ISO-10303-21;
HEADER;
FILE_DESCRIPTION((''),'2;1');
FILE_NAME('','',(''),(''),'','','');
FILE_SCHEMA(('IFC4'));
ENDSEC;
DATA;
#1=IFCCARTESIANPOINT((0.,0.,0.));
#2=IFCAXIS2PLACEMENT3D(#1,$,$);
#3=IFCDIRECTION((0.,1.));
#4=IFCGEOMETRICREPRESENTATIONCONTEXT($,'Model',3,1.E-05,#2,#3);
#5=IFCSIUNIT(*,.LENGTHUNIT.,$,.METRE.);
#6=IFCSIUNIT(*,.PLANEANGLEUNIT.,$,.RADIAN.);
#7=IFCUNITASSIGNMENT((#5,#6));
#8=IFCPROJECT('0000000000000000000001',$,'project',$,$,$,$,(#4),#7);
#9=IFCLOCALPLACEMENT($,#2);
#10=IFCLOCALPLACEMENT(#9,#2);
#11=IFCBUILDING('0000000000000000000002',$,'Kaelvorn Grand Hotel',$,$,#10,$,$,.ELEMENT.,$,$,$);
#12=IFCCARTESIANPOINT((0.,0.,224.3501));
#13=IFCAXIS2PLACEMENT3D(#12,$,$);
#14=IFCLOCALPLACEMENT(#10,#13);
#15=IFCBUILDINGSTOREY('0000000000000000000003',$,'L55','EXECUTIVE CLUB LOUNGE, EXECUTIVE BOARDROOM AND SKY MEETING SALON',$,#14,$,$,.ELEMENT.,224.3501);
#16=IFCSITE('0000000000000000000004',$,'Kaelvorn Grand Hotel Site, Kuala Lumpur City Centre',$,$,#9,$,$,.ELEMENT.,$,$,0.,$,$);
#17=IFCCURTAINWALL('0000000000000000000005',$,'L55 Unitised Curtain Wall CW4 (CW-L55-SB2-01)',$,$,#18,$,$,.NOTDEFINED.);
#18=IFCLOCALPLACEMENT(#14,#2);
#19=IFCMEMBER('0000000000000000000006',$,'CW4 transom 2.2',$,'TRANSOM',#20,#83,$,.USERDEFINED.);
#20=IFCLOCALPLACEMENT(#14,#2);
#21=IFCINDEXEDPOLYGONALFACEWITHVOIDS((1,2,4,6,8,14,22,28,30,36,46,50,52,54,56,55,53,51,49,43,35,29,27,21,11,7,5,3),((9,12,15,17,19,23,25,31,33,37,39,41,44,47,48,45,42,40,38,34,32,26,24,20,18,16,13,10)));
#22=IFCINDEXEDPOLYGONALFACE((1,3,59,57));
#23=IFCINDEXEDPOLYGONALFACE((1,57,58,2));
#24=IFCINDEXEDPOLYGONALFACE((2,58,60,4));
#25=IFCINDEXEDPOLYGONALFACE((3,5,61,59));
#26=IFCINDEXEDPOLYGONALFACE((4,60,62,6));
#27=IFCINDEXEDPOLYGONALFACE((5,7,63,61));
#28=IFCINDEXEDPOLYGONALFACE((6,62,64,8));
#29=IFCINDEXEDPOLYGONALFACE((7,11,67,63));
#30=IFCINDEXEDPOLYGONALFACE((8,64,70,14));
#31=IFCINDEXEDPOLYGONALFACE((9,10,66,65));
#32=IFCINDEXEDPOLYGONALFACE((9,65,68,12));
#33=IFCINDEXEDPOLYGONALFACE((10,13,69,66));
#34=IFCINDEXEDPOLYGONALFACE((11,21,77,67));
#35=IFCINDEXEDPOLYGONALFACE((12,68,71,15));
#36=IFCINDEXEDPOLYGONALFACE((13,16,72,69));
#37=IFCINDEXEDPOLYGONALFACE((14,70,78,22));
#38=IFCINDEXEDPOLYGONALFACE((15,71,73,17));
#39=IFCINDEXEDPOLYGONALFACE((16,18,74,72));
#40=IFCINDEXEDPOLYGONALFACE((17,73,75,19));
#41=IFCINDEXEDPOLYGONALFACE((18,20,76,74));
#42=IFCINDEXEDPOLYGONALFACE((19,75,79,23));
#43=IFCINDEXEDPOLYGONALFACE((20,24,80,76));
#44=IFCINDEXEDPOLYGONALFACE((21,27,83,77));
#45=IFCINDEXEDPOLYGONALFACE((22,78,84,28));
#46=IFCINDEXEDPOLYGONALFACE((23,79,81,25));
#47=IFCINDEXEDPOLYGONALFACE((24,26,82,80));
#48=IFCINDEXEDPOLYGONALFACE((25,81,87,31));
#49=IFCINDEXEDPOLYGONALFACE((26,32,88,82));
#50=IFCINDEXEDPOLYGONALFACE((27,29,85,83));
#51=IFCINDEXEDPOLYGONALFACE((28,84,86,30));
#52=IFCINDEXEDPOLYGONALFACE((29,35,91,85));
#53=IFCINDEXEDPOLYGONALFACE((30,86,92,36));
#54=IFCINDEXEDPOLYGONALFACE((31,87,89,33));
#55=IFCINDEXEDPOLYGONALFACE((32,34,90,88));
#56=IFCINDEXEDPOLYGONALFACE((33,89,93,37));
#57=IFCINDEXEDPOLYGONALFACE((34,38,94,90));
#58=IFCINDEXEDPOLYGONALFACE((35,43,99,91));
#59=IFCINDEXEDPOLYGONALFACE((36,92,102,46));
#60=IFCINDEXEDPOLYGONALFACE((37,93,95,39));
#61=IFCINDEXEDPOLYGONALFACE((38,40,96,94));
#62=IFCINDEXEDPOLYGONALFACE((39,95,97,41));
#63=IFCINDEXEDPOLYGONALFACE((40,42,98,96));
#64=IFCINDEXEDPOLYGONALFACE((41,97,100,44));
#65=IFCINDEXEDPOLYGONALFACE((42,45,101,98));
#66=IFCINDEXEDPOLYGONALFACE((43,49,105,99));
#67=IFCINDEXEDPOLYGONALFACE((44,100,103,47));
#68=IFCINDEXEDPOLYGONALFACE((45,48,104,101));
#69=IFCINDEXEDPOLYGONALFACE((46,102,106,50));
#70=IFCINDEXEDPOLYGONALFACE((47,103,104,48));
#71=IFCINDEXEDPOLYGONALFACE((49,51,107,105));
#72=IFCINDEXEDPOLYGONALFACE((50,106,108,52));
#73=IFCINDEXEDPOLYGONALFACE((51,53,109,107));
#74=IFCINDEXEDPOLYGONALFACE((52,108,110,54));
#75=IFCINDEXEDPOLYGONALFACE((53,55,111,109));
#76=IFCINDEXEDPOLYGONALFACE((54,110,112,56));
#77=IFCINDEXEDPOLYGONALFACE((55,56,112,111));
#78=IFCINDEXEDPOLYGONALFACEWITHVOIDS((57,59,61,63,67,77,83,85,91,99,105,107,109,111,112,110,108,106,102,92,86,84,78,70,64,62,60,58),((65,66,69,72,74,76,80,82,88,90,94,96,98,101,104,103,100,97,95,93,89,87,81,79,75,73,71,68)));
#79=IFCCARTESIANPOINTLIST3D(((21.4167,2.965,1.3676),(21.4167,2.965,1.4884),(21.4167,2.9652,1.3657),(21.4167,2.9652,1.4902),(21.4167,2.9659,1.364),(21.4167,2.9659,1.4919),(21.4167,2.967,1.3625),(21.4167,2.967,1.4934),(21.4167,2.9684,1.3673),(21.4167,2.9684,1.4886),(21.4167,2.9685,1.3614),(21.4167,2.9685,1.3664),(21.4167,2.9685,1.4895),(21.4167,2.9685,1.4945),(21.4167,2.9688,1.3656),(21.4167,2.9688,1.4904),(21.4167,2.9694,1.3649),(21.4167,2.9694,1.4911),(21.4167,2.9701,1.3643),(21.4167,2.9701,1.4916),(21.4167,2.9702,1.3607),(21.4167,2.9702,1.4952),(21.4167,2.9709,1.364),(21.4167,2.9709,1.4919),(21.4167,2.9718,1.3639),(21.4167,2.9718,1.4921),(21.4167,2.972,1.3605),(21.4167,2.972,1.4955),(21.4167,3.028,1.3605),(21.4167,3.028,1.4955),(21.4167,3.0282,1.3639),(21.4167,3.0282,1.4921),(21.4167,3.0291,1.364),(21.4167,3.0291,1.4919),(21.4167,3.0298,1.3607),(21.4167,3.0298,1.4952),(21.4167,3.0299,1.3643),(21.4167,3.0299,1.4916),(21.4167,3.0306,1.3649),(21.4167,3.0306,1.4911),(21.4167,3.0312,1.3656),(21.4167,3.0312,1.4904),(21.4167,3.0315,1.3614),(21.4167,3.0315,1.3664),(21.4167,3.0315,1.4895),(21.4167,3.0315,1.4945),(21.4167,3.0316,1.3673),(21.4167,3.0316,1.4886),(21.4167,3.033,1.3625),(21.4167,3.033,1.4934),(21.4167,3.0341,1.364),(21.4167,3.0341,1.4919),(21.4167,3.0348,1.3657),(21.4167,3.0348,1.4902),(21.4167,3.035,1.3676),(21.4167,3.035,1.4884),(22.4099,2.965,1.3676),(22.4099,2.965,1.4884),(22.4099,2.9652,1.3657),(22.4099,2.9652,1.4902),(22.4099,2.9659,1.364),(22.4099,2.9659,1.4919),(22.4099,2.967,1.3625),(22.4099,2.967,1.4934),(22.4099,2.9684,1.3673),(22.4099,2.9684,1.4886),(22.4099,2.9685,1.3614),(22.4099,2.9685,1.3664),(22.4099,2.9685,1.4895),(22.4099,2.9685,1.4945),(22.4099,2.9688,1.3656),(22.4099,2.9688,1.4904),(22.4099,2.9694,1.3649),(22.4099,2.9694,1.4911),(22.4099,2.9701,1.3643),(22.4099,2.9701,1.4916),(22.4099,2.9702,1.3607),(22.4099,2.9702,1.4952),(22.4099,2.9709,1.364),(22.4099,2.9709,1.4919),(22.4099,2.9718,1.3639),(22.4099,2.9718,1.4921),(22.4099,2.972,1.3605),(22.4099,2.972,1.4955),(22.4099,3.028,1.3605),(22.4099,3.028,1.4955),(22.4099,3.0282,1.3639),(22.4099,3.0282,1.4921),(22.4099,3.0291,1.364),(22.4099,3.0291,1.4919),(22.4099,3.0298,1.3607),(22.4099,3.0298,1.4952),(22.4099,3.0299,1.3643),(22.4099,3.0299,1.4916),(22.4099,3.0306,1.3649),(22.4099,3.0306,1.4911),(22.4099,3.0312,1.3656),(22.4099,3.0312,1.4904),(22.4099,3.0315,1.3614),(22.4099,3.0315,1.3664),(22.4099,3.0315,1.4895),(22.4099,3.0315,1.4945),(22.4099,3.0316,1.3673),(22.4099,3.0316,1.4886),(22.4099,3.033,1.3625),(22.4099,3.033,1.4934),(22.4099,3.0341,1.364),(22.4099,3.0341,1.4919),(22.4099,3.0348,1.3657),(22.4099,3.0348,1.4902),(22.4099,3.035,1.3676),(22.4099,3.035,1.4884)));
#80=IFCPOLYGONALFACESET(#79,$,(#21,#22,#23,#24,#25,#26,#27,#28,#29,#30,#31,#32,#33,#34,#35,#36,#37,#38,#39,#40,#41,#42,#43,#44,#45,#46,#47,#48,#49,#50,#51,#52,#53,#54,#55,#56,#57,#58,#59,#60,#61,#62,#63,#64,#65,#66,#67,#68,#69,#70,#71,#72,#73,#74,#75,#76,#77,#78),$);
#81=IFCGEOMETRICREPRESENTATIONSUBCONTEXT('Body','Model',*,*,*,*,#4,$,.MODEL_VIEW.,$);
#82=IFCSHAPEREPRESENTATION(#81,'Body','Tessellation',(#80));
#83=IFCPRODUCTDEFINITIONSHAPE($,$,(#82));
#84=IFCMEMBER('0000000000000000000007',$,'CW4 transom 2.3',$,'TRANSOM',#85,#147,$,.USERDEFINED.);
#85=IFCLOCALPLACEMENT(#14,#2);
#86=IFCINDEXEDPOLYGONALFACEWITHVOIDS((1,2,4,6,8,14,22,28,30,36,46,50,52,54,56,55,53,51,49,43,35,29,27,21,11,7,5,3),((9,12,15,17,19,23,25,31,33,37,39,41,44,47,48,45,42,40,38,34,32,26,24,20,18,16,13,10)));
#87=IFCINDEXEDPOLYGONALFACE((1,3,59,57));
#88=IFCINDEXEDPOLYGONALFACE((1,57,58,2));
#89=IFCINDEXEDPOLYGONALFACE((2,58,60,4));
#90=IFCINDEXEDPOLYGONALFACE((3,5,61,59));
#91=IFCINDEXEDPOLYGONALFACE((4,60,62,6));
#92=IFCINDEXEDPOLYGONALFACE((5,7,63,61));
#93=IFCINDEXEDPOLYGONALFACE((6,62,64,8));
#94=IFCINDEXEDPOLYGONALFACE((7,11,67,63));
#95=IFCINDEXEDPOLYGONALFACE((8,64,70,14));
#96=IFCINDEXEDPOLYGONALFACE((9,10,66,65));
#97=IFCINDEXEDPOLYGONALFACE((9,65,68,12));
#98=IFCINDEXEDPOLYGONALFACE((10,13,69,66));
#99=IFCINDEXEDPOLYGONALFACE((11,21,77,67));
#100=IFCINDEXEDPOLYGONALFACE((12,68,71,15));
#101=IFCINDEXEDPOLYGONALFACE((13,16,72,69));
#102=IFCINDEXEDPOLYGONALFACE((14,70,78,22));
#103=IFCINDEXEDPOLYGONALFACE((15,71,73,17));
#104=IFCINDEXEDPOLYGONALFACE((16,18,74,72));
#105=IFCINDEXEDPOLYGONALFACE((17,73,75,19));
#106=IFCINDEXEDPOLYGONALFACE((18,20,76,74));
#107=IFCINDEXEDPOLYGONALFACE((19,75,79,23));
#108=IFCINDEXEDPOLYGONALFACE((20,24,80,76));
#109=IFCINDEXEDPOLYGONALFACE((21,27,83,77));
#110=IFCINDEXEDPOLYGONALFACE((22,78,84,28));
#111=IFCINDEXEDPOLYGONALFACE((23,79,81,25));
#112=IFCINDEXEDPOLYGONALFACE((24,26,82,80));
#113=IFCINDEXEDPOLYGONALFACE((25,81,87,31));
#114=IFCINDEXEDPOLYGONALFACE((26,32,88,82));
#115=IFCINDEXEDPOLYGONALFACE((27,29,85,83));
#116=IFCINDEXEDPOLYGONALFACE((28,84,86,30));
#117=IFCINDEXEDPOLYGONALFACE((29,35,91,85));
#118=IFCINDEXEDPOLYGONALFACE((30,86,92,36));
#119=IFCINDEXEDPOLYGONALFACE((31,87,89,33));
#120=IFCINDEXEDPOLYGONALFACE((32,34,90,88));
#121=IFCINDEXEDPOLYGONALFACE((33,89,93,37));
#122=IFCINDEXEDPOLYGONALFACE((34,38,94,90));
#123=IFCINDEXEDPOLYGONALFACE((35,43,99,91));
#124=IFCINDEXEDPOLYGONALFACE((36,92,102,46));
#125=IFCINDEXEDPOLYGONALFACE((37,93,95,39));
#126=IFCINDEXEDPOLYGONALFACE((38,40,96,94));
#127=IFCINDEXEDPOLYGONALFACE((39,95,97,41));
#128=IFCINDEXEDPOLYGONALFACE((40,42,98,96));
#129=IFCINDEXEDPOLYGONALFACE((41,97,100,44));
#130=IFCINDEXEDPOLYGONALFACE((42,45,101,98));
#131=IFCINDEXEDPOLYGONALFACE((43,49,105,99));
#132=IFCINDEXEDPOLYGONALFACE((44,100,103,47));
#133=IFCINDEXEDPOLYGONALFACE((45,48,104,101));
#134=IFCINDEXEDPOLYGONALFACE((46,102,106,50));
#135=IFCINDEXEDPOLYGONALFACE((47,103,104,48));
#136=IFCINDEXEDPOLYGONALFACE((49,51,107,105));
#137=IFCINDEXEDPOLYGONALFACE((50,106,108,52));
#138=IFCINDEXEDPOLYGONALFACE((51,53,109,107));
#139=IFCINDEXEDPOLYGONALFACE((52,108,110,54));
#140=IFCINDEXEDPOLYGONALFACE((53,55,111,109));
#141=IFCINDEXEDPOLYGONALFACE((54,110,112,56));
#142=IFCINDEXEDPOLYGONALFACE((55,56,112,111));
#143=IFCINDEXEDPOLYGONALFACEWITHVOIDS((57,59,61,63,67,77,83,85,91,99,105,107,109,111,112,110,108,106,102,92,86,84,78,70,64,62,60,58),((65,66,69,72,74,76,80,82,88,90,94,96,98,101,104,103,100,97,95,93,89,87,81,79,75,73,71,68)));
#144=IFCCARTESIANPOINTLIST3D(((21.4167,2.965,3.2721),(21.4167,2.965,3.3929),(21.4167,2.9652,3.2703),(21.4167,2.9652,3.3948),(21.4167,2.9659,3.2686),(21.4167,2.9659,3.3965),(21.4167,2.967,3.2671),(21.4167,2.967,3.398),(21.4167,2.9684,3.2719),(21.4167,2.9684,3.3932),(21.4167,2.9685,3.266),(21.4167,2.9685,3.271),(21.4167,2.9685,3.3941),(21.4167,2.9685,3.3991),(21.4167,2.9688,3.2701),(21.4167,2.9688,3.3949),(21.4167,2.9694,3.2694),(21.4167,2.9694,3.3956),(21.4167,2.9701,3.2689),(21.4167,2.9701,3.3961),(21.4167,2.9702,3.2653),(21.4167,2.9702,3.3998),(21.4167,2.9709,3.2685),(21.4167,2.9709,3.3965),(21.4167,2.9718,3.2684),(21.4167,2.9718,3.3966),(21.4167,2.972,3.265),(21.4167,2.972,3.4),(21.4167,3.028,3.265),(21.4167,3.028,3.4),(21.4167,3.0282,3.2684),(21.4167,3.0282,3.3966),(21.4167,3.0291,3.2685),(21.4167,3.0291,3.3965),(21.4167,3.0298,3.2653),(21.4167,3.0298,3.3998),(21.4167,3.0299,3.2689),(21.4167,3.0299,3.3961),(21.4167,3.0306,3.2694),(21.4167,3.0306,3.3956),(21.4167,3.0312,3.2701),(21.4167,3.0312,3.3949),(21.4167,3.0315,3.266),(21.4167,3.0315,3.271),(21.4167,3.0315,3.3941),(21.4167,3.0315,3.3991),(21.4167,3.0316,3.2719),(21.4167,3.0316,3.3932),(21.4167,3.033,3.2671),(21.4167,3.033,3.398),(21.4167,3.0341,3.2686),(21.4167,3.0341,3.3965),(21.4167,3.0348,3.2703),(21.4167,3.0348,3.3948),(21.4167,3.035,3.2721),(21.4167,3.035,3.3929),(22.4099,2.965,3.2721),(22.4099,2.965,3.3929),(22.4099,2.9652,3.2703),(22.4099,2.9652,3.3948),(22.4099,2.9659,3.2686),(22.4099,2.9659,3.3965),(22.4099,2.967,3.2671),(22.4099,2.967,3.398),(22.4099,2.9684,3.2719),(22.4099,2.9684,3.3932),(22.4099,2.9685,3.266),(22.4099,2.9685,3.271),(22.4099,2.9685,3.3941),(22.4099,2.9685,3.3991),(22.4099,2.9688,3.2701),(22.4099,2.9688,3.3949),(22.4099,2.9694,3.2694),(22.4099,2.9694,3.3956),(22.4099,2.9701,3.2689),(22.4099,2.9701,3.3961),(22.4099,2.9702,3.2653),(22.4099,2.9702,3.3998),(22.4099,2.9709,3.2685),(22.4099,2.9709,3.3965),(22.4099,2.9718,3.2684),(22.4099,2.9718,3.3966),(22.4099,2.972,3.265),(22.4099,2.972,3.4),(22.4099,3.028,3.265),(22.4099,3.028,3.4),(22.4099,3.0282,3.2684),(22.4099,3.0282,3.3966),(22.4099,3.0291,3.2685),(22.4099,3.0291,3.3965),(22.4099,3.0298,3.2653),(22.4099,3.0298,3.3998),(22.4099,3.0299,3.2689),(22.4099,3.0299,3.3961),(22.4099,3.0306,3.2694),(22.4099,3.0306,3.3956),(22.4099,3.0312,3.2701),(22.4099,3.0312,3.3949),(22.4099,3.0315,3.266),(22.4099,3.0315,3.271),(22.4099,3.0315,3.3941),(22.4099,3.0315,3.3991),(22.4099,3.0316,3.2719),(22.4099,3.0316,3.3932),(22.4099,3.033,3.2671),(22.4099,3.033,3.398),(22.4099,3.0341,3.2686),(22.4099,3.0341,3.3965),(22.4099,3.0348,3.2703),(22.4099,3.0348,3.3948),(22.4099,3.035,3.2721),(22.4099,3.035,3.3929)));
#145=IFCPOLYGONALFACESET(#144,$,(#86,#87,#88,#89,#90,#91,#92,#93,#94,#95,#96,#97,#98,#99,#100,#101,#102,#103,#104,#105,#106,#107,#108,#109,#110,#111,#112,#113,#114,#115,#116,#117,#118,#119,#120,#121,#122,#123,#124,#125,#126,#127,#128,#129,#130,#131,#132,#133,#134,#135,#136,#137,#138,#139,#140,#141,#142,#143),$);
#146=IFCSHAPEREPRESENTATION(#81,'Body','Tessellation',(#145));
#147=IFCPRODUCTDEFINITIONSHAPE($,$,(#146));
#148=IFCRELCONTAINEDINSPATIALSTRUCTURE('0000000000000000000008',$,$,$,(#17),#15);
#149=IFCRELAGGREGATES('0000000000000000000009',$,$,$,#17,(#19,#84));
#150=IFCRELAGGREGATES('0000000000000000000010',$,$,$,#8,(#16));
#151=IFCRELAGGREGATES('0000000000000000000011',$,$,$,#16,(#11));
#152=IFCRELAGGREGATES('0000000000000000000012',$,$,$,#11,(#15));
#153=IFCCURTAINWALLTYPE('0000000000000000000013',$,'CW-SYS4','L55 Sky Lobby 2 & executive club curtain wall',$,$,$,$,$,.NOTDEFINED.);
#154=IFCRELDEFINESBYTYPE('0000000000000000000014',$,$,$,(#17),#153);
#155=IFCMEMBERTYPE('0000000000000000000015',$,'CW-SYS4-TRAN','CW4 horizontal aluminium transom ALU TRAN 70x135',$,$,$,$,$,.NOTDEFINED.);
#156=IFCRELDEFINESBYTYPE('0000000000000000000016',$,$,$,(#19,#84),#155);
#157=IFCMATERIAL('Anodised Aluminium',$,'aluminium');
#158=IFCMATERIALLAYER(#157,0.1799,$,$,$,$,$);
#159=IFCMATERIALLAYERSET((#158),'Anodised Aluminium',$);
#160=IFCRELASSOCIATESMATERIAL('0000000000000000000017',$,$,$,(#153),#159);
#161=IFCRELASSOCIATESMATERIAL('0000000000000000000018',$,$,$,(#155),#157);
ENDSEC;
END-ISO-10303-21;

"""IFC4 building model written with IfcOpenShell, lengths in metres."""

from ifc_helpers import new_model, si_unit, direction, frame, origin, origin_2d, place, context, subcontext, project, spatial, hollow_rectangle, extrude, material, layer, layer_set, material_profile, profile_set, type_object, element, aggregate, save


model = new_model("IFC4")

# Units and contexts
model_context = context("Model", 3, precision=1e-05, world=origin(), true_north=direction((0.0, 1.0)))
body_context = subcontext(model_context, "Body", "Model", "MODEL_VIEW")
ifc_project = project(units=[si_unit("LENGTHUNIT", "METRE"), si_unit("PLANEANGLEUNIT", "RADIAN")], contexts=[model_context])

# Site, building, storey
site_placement = place(None, origin())
site = spatial("IfcSite", under=ifc_project, at=site_placement, Name="Kaelvorn Grand Hotel Site, Kuala Lumpur City Centre", CompositionType="ELEMENT", RefElevation=0.0)
building_placement = place(site_placement, origin())
building = spatial("IfcBuilding", under=site, at=building_placement, Name="Kaelvorn Grand Hotel", CompositionType="ELEMENT")
storey_placement = place(building_placement, frame((0.0, 0.0, 224.3501)))
storey = spatial("IfcBuildingStorey", under=building, at=storey_placement, Name="L55", Description="EXECUTIVE CLUB LOUNGE, EXECUTIVE BOARDROOM AND SKY MEETING SALON", CompositionType="ELEMENT", Elevation=224.3501)

# Curtain wall
ifc_material_1 = material(Name="Anodised Aluminium", Category="aluminium")
ifc_layer_1 = layer(ifc_material_1, 0.1799)
ifc_layer_set_1 = layer_set([ifc_layer_1], Name="Anodised Aluminium")
curtain_wall_type = type_object("IfcCurtainWallType", Name="CW-SYS4", Description="L55 Sky Lobby 2 & executive club curtain wall", PredefinedType="NOTDEFINED", material=ifc_layer_set_1)
curtain_wall_1_placement = place(storey_placement, origin())
curtain_wall_1 = element("IfcCurtainWall", 1, at=curtain_wall_1_placement, inside=storey, type_object=curtain_wall_type, Name="L55 Unitised Curtain Wall CW4 (CW-L55-SB2-01)", PredefinedType="NOTDEFINED")

# Members
ifc_material_profile_1 = material_profile(ifc_material_1, hollow_rectangle(XDim=0.0701, YDim=0.135, WallThickness=0.0034, InnerFilletRadius=0.0034, OuterFilletRadius=0.0071, at=origin_2d()), Name="ALU TRAN 70x135")
ifc_profile_set_1 = profile_set([ifc_material_profile_1], Name="Anodised Aluminium")
member_type_1 = type_object("IfcMemberType", Name="CW-SYS4-TRAN", Description="CW4 horizontal aluminium transom ALU TRAN 70x135", PredefinedType="NOTDEFINED", material=ifc_profile_set_1)
member_1_placement = place(storey_placement, frame((21.4167, 3.0, 1.428), z_axis=(1.0, 0.0, 0.0), x_axis=(0.0, 1.0, 0.0)))
member_1 = element("IfcMember", 2, at=member_1_placement, type_object=member_type_1, Name="CW4 transom 2.2", ObjectType="TRANSOM", PredefinedType="USERDEFINED", context=body_context, shape_type="SweptSolid", body=[
    extrude(hollow_rectangle(XDim=0.0701, YDim=0.135, WallThickness=0.0034, InnerFilletRadius=0.0034, OuterFilletRadius=0.0071, at=origin_2d()), origin(), (0.0, 0.0, 1.0), 0.9932),
])
member_2_placement = place(storey_placement, frame((21.4167, 3.0, 3.3325), z_axis=(1.0, 0.0, 0.0), x_axis=(0.0, 1.0, 0.0)))
member_2 = element("IfcMember", 3, at=member_2_placement, type_object=member_type_1, Name="CW4 transom 2.3", ObjectType="TRANSOM", PredefinedType="USERDEFINED", context=body_context, shape_type="SweptSolid", body=[
    extrude(hollow_rectangle(XDim=0.0701, YDim=0.135, WallThickness=0.0034, InnerFilletRadius=0.0034, OuterFilletRadius=0.0071, at=origin_2d()), origin(), (0.0, 0.0, 1.0), 0.9932),
])

aggregate(curtain_wall_1, [member_1, member_2])

save(model, "model.ifc")
